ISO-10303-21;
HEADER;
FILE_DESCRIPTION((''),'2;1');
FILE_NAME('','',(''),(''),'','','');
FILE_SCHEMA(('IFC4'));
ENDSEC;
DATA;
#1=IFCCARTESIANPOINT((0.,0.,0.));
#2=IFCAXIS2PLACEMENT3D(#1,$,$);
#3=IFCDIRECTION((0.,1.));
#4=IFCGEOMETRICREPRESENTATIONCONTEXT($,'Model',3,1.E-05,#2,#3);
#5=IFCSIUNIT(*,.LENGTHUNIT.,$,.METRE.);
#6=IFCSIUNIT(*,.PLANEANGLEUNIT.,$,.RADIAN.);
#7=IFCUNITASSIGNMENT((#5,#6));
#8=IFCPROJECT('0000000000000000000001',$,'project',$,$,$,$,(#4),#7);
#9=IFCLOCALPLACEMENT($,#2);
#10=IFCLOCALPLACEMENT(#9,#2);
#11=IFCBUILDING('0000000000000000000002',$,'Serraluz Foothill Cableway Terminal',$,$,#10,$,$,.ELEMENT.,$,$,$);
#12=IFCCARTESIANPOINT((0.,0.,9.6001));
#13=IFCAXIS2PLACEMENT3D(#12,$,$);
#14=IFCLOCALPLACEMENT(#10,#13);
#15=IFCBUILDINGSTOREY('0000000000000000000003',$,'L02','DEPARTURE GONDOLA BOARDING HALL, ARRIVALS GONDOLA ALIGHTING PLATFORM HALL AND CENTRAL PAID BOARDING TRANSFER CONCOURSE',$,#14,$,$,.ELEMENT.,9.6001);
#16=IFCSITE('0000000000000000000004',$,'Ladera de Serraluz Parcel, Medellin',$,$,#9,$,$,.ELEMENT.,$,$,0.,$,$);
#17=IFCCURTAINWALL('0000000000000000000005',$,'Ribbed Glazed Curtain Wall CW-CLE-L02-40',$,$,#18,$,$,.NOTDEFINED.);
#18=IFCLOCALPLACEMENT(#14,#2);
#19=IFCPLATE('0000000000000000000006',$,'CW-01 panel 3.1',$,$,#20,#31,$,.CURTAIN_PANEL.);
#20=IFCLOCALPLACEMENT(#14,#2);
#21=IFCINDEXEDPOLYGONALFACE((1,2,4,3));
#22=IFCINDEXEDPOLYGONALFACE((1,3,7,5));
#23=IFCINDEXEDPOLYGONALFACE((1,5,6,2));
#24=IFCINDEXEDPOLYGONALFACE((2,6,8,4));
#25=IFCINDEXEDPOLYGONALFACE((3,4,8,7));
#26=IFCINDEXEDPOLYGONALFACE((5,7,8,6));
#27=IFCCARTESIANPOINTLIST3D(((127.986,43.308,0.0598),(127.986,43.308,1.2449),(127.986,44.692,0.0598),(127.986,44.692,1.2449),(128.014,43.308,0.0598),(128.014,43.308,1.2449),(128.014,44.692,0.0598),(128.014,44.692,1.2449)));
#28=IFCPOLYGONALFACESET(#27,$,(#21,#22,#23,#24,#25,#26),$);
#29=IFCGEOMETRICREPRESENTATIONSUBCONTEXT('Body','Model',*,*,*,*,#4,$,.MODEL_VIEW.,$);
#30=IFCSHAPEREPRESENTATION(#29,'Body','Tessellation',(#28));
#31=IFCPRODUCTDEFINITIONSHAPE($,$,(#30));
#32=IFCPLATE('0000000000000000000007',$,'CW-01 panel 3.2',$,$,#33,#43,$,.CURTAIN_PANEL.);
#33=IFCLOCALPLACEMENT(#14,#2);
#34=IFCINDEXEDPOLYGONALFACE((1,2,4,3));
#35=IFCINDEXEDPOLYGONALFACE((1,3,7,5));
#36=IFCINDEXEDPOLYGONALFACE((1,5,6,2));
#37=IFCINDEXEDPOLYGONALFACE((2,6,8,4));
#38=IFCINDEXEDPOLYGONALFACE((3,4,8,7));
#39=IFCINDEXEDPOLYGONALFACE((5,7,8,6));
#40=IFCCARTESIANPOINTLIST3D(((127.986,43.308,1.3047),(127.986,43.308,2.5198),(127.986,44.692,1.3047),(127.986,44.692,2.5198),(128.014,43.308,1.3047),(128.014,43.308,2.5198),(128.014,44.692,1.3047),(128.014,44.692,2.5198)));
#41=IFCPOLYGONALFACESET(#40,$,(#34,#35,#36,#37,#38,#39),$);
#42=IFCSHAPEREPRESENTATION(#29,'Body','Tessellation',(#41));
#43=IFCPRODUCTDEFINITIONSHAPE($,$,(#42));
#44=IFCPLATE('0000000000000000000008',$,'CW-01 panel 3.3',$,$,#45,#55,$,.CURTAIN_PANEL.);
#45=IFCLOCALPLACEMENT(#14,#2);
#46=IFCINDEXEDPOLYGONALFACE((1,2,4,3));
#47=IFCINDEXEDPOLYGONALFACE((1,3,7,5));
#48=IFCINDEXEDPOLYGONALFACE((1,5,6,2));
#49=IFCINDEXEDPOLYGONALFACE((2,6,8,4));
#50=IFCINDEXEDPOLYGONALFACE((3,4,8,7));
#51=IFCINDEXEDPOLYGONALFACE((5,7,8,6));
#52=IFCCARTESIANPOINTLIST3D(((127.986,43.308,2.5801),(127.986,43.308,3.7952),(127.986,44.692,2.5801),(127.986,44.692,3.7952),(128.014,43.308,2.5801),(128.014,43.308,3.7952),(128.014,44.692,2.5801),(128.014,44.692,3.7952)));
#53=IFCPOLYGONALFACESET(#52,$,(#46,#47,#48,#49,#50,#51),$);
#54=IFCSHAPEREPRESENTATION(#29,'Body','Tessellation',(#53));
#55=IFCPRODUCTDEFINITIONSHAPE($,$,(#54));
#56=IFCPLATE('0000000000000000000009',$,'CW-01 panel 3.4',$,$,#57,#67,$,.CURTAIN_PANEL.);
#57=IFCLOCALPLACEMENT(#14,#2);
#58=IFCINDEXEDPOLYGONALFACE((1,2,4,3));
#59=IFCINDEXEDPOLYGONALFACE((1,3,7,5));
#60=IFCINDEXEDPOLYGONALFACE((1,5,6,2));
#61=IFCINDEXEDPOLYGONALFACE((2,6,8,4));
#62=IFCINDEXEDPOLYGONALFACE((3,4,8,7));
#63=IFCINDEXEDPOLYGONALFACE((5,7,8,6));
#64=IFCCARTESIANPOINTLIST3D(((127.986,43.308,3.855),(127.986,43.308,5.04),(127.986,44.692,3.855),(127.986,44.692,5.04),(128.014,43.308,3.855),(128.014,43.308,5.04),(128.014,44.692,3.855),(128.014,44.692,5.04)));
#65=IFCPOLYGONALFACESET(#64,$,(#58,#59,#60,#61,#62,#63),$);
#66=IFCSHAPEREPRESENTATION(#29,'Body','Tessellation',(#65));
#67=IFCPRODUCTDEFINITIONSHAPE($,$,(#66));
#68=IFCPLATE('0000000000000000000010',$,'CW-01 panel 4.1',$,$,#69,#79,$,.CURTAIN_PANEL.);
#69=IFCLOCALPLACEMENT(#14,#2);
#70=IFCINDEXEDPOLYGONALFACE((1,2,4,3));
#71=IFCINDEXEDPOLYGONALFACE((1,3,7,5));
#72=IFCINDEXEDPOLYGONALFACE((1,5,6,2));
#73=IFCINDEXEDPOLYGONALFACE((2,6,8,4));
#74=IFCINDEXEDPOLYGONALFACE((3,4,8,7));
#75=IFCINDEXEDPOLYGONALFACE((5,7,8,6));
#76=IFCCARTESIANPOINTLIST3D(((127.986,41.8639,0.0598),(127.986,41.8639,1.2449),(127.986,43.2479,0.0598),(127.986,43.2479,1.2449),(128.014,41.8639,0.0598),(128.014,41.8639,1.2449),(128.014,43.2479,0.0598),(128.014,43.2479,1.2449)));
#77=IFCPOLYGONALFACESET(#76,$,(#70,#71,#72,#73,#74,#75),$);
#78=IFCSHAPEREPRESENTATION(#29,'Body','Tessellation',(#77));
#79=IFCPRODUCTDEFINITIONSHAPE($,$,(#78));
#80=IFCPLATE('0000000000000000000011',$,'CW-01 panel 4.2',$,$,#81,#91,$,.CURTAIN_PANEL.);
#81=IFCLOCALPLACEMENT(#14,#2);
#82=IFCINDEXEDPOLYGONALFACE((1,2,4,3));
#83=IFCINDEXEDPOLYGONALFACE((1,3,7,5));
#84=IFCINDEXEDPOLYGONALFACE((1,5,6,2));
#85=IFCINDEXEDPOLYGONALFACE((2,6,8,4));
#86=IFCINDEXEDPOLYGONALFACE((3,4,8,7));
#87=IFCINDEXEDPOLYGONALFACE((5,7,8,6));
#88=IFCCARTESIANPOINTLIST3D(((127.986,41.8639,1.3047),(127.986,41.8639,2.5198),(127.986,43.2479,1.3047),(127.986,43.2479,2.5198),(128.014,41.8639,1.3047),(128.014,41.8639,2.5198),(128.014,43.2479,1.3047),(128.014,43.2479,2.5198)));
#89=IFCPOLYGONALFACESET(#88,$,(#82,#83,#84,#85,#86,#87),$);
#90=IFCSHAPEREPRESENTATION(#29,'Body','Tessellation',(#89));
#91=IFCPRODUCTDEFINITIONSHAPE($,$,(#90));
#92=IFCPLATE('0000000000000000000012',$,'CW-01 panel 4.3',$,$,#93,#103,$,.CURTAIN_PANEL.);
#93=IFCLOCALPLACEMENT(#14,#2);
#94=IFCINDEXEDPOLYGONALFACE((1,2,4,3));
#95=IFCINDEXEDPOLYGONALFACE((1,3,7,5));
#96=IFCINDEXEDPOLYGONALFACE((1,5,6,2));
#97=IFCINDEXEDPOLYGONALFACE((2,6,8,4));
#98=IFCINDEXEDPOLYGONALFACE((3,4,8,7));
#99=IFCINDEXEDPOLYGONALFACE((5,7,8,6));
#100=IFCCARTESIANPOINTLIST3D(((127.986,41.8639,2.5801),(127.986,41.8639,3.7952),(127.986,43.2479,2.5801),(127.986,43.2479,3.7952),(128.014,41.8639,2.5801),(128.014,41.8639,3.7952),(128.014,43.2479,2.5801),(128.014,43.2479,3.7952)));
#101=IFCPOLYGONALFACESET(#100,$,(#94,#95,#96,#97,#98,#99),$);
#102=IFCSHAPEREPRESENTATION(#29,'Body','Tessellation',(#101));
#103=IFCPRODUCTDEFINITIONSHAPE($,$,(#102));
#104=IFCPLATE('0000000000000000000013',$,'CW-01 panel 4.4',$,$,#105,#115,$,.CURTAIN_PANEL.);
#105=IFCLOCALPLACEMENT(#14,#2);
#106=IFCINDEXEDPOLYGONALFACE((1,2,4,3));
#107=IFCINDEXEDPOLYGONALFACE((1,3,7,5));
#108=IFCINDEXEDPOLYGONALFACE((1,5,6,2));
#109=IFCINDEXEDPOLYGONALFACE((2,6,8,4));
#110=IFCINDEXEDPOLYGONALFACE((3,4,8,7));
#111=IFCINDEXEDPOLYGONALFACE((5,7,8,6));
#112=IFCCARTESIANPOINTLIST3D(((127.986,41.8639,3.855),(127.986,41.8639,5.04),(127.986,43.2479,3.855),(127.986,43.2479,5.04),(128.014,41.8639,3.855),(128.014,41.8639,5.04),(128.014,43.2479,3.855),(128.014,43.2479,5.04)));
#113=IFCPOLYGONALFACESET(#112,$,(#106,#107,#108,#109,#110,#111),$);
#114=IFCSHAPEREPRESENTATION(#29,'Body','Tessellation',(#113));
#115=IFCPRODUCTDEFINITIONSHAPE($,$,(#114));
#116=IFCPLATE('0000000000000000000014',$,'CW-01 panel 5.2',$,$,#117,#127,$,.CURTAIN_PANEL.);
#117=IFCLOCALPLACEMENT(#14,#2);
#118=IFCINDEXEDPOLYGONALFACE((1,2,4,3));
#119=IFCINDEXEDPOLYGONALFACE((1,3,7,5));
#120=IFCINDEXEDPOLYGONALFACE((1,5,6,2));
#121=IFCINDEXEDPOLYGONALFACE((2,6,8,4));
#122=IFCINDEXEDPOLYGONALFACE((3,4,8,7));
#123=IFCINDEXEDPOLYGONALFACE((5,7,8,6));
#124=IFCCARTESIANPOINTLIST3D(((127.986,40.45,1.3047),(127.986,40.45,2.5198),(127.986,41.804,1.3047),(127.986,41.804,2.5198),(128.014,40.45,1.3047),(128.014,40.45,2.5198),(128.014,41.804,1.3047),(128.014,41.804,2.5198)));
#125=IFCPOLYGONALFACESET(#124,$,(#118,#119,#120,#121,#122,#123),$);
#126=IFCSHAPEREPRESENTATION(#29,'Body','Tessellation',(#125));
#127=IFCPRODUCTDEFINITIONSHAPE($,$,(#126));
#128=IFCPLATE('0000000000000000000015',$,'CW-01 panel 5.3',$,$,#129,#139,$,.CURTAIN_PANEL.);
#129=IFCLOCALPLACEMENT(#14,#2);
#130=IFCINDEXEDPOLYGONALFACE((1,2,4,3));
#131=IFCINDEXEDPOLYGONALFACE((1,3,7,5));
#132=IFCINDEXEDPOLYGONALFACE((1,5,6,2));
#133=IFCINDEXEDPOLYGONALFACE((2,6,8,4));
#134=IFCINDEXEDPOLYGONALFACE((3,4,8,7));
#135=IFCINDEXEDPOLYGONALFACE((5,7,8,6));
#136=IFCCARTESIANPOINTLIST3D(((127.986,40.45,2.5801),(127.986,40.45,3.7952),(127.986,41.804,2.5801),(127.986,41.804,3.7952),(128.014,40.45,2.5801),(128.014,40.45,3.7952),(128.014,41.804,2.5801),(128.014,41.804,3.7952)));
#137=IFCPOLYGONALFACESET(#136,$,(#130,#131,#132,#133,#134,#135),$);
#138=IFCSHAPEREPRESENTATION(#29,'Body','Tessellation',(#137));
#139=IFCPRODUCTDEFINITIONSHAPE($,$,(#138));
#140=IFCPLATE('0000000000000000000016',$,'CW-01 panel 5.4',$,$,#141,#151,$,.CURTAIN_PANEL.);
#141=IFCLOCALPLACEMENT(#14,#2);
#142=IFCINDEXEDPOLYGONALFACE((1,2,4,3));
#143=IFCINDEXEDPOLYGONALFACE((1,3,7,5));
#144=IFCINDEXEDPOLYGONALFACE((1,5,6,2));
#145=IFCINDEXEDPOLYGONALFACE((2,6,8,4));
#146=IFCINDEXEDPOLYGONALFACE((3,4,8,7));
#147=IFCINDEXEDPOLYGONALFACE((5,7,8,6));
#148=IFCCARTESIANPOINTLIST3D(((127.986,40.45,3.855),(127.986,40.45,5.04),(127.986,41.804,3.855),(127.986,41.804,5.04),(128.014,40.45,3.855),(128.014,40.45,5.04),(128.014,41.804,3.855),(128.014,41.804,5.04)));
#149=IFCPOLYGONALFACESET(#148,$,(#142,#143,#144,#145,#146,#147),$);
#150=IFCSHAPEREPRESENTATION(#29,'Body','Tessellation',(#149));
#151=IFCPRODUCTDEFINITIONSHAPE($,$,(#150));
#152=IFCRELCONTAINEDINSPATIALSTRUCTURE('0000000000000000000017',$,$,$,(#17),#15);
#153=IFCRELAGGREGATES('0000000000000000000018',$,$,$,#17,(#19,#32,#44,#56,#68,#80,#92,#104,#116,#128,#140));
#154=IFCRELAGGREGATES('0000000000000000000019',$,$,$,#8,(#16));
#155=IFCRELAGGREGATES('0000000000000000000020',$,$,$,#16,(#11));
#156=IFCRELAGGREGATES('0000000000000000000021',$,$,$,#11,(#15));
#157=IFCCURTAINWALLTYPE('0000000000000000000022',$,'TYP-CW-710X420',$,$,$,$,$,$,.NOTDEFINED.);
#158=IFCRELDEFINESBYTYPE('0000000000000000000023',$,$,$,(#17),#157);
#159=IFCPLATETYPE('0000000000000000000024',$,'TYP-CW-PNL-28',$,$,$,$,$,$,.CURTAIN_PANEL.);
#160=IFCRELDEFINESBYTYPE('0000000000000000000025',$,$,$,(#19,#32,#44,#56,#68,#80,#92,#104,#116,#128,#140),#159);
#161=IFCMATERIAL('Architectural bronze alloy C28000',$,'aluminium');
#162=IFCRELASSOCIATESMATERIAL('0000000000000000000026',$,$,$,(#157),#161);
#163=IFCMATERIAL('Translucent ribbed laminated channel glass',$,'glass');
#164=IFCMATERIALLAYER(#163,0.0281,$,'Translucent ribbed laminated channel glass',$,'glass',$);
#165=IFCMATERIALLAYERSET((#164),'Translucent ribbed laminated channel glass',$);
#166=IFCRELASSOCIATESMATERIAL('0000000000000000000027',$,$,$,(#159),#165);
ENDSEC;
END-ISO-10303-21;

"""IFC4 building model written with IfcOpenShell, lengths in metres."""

from ifc_helpers import new_model, si_unit, direction, frame, origin, origin_2d, place, context, subcontext, project, spatial, rectangle, extrude, material, layer, layer_set, type_object, element, aggregate, save


model = new_model("IFC4")

# Units and contexts
model_context = context("Model", 3, precision=1e-05, world=origin(), true_north=direction((0.0, 1.0)))
body_context = subcontext(model_context, "Body", "Model", "MODEL_VIEW")
ifc_project = project(units=[si_unit("LENGTHUNIT", "METRE"), si_unit("PLANEANGLEUNIT", "RADIAN")], contexts=[model_context])

# Site, building, storey
site_placement = place(None, origin())
site = spatial("IfcSite", under=ifc_project, at=site_placement, Name="Ladera de Serraluz Parcel, Medellin", CompositionType="ELEMENT", RefElevation=0.0)
building_placement = place(site_placement, origin())
building = spatial("IfcBuilding", under=site, at=building_placement, Name="Serraluz Foothill Cableway Terminal", CompositionType="ELEMENT")
storey_placement = place(building_placement, frame((0.0, 0.0, 9.6001)))
storey = spatial("IfcBuildingStorey", under=building, at=storey_placement, Name="L02", Description="DEPARTURE GONDOLA BOARDING HALL, ARRIVALS GONDOLA ALIGHTING PLATFORM HALL AND CENTRAL PAID BOARDING TRANSFER CONCOURSE", CompositionType="ELEMENT", Elevation=9.6001)

# Curtain wall, plates
ifc_material_1 = material(Name="Architectural bronze alloy C28000", Category="aluminium")
curtain_wall_type = type_object("IfcCurtainWallType", Name="TYP-CW-710X420", PredefinedType="NOTDEFINED", material=ifc_material_1)
curtain_wall_placement = place(storey_placement, origin())
curtain_wall = element("IfcCurtainWall", 1, at=curtain_wall_placement, inside=storey, type_object=curtain_wall_type, Name="Ribbed Glazed Curtain Wall CW-CLE-L02-40", PredefinedType="NOTDEFINED")
ifc_material_2 = material(Name="Translucent ribbed laminated channel glass", Category="glass")
ifc_layer = layer(ifc_material_2, 0.0281, Name="Translucent ribbed laminated channel glass", Category="glass")
ifc_layer_set = layer_set([ifc_layer], Name="Translucent ribbed laminated channel glass")
plate_type = type_object("IfcPlateType", Name="TYP-CW-PNL-28", PredefinedType="CURTAIN_PANEL", material=ifc_layer_set)
plate_1_placement = place(storey_placement, frame((128.0, 44.0, 0.0598), z_axis=(0.0, 0.0, 1.0), x_axis=(0.0, -1.0, 0.0)))
plate_1 = element("IfcPlate", 2, at=plate_1_placement, type_object=plate_type, Name="CW-01 panel 3.1", PredefinedType="CURTAIN_PANEL", context=body_context, shape_type="SweptSolid", body=[
    extrude(rectangle(XDim=1.384, YDim=0.0281, at=origin_2d()), origin(), (0.0, 0.0, 1.0), 1.1851),
])
plate_2_placement = place(storey_placement, frame((128.0, 44.0, 1.3047), z_axis=(0.0, 0.0, 1.0), x_axis=(0.0, -1.0, 0.0)))
plate_2 = element("IfcPlate", 3, at=plate_2_placement, type_object=plate_type, Name="CW-01 panel 3.2", PredefinedType="CURTAIN_PANEL", context=body_context, shape_type="SweptSolid", body=[
    extrude(rectangle(XDim=1.384, YDim=0.0281, at=origin_2d()), origin(), (0.0, 0.0, 1.0), 1.2151),
])
plate_3_placement = place(storey_placement, frame((128.0, 44.0, 2.5801), z_axis=(0.0, 0.0, 1.0), x_axis=(0.0, -1.0, 0.0)))
plate_3 = element("IfcPlate", 4, at=plate_3_placement, type_object=plate_type, Name="CW-01 panel 3.3", PredefinedType="CURTAIN_PANEL", context=body_context, shape_type="SweptSolid", body=[
    extrude(rectangle(XDim=1.384, YDim=0.0281, at=origin_2d()), origin(), (0.0, 0.0, 1.0), 1.2151),
])
plate_4_placement = place(storey_placement, frame((128.0, 44.0, 3.855), z_axis=(0.0, 0.0, 1.0), x_axis=(0.0, -1.0, 0.0)))
plate_4 = element("IfcPlate", 5, at=plate_4_placement, type_object=plate_type, Name="CW-01 panel 3.4", PredefinedType="CURTAIN_PANEL", context=body_context, shape_type="SweptSolid", body=[
    extrude(rectangle(XDim=1.384, YDim=0.0281, at=origin_2d()), origin(), (0.0, 0.0, 1.0), 1.1851),
])
plate_5_placement = place(storey_placement, frame((128.0, 42.5559, 0.0598), z_axis=(0.0, 0.0, 1.0), x_axis=(0.0, -1.0, 0.0)))
plate_5 = element("IfcPlate", 6, at=plate_5_placement, type_object=plate_type, Name="CW-01 panel 4.1", PredefinedType="CURTAIN_PANEL", context=body_context, shape_type="SweptSolid", body=[
    extrude(rectangle(XDim=1.384, YDim=0.0281, at=origin_2d()), origin(), (0.0, 0.0, 1.0), 1.1851),
])
plate_6_placement = place(storey_placement, frame((128.0, 42.5559, 1.3047), z_axis=(0.0, 0.0, 1.0), x_axis=(0.0, -1.0, 0.0)))
plate_6 = element("IfcPlate", 7, at=plate_6_placement, type_object=plate_type, Name="CW-01 panel 4.2", PredefinedType="CURTAIN_PANEL", context=body_context, shape_type="SweptSolid", body=[
    extrude(rectangle(XDim=1.384, YDim=0.0281, at=origin_2d()), origin(), (0.0, 0.0, 1.0), 1.2151),
])
plate_7_placement = place(storey_placement, frame((128.0, 42.5559, 2.5801), z_axis=(0.0, 0.0, 1.0), x_axis=(0.0, -1.0, 0.0)))
plate_7 = element("IfcPlate", 8, at=plate_7_placement, type_object=plate_type, Name="CW-01 panel 4.3", PredefinedType="CURTAIN_PANEL", context=body_context, shape_type="SweptSolid", body=[
    extrude(rectangle(XDim=1.384, YDim=0.0281, at=origin_2d()), origin(), (0.0, 0.0, 1.0), 1.2151),
])
plate_8_placement = place(storey_placement, frame((128.0, 42.5559, 3.855), z_axis=(0.0, 0.0, 1.0), x_axis=(0.0, -1.0, 0.0)))
plate_8 = element("IfcPlate", 9, at=plate_8_placement, type_object=plate_type, Name="CW-01 panel 4.4", PredefinedType="CURTAIN_PANEL", context=body_context, shape_type="SweptSolid", body=[
    extrude(rectangle(XDim=1.384, YDim=0.0281, at=origin_2d()), origin(), (0.0, 0.0, 1.0), 1.1851),
])
plate_9_placement = place(storey_placement, frame((128.0, 41.127, 1.3047), z_axis=(0.0, 0.0, 1.0), x_axis=(0.0, -1.0, 0.0)))
plate_9 = element("IfcPlate", 10, at=plate_9_placement, type_object=plate_type, Name="CW-01 panel 5.2", PredefinedType="CURTAIN_PANEL", context=body_context, shape_type="SweptSolid", body=[
    extrude(rectangle(XDim=1.354, YDim=0.0281, at=origin_2d()), origin(), (0.0, 0.0, 1.0), 1.2151),
])
plate_10_placement = place(storey_placement, frame((128.0, 41.127, 2.5801), z_axis=(0.0, 0.0, 1.0), x_axis=(0.0, -1.0, 0.0)))
plate_10 = element("IfcPlate", 11, at=plate_10_placement, type_object=plate_type, Name="CW-01 panel 5.3", PredefinedType="CURTAIN_PANEL", context=body_context, shape_type="SweptSolid", body=[
    extrude(rectangle(XDim=1.354, YDim=0.0281, at=origin_2d()), origin(), (0.0, 0.0, 1.0), 1.2151),
])
plate_11_placement = place(storey_placement, frame((128.0, 41.127, 3.855), z_axis=(0.0, 0.0, 1.0), x_axis=(0.0, -1.0, 0.0)))
plate_11 = element("IfcPlate", 12, at=plate_11_placement, type_object=plate_type, Name="CW-01 panel 5.4", PredefinedType="CURTAIN_PANEL", context=body_context, shape_type="SweptSolid", body=[
    extrude(rectangle(XDim=1.354, YDim=0.0281, at=origin_2d()), origin(), (0.0, 0.0, 1.0), 1.1851),
])
aggregate(curtain_wall, [plate_1, plate_2, plate_3, plate_4, plate_5, plate_6, plate_7, plate_8, plate_9, plate_10, plate_11])

save(model, "model.ifc")
